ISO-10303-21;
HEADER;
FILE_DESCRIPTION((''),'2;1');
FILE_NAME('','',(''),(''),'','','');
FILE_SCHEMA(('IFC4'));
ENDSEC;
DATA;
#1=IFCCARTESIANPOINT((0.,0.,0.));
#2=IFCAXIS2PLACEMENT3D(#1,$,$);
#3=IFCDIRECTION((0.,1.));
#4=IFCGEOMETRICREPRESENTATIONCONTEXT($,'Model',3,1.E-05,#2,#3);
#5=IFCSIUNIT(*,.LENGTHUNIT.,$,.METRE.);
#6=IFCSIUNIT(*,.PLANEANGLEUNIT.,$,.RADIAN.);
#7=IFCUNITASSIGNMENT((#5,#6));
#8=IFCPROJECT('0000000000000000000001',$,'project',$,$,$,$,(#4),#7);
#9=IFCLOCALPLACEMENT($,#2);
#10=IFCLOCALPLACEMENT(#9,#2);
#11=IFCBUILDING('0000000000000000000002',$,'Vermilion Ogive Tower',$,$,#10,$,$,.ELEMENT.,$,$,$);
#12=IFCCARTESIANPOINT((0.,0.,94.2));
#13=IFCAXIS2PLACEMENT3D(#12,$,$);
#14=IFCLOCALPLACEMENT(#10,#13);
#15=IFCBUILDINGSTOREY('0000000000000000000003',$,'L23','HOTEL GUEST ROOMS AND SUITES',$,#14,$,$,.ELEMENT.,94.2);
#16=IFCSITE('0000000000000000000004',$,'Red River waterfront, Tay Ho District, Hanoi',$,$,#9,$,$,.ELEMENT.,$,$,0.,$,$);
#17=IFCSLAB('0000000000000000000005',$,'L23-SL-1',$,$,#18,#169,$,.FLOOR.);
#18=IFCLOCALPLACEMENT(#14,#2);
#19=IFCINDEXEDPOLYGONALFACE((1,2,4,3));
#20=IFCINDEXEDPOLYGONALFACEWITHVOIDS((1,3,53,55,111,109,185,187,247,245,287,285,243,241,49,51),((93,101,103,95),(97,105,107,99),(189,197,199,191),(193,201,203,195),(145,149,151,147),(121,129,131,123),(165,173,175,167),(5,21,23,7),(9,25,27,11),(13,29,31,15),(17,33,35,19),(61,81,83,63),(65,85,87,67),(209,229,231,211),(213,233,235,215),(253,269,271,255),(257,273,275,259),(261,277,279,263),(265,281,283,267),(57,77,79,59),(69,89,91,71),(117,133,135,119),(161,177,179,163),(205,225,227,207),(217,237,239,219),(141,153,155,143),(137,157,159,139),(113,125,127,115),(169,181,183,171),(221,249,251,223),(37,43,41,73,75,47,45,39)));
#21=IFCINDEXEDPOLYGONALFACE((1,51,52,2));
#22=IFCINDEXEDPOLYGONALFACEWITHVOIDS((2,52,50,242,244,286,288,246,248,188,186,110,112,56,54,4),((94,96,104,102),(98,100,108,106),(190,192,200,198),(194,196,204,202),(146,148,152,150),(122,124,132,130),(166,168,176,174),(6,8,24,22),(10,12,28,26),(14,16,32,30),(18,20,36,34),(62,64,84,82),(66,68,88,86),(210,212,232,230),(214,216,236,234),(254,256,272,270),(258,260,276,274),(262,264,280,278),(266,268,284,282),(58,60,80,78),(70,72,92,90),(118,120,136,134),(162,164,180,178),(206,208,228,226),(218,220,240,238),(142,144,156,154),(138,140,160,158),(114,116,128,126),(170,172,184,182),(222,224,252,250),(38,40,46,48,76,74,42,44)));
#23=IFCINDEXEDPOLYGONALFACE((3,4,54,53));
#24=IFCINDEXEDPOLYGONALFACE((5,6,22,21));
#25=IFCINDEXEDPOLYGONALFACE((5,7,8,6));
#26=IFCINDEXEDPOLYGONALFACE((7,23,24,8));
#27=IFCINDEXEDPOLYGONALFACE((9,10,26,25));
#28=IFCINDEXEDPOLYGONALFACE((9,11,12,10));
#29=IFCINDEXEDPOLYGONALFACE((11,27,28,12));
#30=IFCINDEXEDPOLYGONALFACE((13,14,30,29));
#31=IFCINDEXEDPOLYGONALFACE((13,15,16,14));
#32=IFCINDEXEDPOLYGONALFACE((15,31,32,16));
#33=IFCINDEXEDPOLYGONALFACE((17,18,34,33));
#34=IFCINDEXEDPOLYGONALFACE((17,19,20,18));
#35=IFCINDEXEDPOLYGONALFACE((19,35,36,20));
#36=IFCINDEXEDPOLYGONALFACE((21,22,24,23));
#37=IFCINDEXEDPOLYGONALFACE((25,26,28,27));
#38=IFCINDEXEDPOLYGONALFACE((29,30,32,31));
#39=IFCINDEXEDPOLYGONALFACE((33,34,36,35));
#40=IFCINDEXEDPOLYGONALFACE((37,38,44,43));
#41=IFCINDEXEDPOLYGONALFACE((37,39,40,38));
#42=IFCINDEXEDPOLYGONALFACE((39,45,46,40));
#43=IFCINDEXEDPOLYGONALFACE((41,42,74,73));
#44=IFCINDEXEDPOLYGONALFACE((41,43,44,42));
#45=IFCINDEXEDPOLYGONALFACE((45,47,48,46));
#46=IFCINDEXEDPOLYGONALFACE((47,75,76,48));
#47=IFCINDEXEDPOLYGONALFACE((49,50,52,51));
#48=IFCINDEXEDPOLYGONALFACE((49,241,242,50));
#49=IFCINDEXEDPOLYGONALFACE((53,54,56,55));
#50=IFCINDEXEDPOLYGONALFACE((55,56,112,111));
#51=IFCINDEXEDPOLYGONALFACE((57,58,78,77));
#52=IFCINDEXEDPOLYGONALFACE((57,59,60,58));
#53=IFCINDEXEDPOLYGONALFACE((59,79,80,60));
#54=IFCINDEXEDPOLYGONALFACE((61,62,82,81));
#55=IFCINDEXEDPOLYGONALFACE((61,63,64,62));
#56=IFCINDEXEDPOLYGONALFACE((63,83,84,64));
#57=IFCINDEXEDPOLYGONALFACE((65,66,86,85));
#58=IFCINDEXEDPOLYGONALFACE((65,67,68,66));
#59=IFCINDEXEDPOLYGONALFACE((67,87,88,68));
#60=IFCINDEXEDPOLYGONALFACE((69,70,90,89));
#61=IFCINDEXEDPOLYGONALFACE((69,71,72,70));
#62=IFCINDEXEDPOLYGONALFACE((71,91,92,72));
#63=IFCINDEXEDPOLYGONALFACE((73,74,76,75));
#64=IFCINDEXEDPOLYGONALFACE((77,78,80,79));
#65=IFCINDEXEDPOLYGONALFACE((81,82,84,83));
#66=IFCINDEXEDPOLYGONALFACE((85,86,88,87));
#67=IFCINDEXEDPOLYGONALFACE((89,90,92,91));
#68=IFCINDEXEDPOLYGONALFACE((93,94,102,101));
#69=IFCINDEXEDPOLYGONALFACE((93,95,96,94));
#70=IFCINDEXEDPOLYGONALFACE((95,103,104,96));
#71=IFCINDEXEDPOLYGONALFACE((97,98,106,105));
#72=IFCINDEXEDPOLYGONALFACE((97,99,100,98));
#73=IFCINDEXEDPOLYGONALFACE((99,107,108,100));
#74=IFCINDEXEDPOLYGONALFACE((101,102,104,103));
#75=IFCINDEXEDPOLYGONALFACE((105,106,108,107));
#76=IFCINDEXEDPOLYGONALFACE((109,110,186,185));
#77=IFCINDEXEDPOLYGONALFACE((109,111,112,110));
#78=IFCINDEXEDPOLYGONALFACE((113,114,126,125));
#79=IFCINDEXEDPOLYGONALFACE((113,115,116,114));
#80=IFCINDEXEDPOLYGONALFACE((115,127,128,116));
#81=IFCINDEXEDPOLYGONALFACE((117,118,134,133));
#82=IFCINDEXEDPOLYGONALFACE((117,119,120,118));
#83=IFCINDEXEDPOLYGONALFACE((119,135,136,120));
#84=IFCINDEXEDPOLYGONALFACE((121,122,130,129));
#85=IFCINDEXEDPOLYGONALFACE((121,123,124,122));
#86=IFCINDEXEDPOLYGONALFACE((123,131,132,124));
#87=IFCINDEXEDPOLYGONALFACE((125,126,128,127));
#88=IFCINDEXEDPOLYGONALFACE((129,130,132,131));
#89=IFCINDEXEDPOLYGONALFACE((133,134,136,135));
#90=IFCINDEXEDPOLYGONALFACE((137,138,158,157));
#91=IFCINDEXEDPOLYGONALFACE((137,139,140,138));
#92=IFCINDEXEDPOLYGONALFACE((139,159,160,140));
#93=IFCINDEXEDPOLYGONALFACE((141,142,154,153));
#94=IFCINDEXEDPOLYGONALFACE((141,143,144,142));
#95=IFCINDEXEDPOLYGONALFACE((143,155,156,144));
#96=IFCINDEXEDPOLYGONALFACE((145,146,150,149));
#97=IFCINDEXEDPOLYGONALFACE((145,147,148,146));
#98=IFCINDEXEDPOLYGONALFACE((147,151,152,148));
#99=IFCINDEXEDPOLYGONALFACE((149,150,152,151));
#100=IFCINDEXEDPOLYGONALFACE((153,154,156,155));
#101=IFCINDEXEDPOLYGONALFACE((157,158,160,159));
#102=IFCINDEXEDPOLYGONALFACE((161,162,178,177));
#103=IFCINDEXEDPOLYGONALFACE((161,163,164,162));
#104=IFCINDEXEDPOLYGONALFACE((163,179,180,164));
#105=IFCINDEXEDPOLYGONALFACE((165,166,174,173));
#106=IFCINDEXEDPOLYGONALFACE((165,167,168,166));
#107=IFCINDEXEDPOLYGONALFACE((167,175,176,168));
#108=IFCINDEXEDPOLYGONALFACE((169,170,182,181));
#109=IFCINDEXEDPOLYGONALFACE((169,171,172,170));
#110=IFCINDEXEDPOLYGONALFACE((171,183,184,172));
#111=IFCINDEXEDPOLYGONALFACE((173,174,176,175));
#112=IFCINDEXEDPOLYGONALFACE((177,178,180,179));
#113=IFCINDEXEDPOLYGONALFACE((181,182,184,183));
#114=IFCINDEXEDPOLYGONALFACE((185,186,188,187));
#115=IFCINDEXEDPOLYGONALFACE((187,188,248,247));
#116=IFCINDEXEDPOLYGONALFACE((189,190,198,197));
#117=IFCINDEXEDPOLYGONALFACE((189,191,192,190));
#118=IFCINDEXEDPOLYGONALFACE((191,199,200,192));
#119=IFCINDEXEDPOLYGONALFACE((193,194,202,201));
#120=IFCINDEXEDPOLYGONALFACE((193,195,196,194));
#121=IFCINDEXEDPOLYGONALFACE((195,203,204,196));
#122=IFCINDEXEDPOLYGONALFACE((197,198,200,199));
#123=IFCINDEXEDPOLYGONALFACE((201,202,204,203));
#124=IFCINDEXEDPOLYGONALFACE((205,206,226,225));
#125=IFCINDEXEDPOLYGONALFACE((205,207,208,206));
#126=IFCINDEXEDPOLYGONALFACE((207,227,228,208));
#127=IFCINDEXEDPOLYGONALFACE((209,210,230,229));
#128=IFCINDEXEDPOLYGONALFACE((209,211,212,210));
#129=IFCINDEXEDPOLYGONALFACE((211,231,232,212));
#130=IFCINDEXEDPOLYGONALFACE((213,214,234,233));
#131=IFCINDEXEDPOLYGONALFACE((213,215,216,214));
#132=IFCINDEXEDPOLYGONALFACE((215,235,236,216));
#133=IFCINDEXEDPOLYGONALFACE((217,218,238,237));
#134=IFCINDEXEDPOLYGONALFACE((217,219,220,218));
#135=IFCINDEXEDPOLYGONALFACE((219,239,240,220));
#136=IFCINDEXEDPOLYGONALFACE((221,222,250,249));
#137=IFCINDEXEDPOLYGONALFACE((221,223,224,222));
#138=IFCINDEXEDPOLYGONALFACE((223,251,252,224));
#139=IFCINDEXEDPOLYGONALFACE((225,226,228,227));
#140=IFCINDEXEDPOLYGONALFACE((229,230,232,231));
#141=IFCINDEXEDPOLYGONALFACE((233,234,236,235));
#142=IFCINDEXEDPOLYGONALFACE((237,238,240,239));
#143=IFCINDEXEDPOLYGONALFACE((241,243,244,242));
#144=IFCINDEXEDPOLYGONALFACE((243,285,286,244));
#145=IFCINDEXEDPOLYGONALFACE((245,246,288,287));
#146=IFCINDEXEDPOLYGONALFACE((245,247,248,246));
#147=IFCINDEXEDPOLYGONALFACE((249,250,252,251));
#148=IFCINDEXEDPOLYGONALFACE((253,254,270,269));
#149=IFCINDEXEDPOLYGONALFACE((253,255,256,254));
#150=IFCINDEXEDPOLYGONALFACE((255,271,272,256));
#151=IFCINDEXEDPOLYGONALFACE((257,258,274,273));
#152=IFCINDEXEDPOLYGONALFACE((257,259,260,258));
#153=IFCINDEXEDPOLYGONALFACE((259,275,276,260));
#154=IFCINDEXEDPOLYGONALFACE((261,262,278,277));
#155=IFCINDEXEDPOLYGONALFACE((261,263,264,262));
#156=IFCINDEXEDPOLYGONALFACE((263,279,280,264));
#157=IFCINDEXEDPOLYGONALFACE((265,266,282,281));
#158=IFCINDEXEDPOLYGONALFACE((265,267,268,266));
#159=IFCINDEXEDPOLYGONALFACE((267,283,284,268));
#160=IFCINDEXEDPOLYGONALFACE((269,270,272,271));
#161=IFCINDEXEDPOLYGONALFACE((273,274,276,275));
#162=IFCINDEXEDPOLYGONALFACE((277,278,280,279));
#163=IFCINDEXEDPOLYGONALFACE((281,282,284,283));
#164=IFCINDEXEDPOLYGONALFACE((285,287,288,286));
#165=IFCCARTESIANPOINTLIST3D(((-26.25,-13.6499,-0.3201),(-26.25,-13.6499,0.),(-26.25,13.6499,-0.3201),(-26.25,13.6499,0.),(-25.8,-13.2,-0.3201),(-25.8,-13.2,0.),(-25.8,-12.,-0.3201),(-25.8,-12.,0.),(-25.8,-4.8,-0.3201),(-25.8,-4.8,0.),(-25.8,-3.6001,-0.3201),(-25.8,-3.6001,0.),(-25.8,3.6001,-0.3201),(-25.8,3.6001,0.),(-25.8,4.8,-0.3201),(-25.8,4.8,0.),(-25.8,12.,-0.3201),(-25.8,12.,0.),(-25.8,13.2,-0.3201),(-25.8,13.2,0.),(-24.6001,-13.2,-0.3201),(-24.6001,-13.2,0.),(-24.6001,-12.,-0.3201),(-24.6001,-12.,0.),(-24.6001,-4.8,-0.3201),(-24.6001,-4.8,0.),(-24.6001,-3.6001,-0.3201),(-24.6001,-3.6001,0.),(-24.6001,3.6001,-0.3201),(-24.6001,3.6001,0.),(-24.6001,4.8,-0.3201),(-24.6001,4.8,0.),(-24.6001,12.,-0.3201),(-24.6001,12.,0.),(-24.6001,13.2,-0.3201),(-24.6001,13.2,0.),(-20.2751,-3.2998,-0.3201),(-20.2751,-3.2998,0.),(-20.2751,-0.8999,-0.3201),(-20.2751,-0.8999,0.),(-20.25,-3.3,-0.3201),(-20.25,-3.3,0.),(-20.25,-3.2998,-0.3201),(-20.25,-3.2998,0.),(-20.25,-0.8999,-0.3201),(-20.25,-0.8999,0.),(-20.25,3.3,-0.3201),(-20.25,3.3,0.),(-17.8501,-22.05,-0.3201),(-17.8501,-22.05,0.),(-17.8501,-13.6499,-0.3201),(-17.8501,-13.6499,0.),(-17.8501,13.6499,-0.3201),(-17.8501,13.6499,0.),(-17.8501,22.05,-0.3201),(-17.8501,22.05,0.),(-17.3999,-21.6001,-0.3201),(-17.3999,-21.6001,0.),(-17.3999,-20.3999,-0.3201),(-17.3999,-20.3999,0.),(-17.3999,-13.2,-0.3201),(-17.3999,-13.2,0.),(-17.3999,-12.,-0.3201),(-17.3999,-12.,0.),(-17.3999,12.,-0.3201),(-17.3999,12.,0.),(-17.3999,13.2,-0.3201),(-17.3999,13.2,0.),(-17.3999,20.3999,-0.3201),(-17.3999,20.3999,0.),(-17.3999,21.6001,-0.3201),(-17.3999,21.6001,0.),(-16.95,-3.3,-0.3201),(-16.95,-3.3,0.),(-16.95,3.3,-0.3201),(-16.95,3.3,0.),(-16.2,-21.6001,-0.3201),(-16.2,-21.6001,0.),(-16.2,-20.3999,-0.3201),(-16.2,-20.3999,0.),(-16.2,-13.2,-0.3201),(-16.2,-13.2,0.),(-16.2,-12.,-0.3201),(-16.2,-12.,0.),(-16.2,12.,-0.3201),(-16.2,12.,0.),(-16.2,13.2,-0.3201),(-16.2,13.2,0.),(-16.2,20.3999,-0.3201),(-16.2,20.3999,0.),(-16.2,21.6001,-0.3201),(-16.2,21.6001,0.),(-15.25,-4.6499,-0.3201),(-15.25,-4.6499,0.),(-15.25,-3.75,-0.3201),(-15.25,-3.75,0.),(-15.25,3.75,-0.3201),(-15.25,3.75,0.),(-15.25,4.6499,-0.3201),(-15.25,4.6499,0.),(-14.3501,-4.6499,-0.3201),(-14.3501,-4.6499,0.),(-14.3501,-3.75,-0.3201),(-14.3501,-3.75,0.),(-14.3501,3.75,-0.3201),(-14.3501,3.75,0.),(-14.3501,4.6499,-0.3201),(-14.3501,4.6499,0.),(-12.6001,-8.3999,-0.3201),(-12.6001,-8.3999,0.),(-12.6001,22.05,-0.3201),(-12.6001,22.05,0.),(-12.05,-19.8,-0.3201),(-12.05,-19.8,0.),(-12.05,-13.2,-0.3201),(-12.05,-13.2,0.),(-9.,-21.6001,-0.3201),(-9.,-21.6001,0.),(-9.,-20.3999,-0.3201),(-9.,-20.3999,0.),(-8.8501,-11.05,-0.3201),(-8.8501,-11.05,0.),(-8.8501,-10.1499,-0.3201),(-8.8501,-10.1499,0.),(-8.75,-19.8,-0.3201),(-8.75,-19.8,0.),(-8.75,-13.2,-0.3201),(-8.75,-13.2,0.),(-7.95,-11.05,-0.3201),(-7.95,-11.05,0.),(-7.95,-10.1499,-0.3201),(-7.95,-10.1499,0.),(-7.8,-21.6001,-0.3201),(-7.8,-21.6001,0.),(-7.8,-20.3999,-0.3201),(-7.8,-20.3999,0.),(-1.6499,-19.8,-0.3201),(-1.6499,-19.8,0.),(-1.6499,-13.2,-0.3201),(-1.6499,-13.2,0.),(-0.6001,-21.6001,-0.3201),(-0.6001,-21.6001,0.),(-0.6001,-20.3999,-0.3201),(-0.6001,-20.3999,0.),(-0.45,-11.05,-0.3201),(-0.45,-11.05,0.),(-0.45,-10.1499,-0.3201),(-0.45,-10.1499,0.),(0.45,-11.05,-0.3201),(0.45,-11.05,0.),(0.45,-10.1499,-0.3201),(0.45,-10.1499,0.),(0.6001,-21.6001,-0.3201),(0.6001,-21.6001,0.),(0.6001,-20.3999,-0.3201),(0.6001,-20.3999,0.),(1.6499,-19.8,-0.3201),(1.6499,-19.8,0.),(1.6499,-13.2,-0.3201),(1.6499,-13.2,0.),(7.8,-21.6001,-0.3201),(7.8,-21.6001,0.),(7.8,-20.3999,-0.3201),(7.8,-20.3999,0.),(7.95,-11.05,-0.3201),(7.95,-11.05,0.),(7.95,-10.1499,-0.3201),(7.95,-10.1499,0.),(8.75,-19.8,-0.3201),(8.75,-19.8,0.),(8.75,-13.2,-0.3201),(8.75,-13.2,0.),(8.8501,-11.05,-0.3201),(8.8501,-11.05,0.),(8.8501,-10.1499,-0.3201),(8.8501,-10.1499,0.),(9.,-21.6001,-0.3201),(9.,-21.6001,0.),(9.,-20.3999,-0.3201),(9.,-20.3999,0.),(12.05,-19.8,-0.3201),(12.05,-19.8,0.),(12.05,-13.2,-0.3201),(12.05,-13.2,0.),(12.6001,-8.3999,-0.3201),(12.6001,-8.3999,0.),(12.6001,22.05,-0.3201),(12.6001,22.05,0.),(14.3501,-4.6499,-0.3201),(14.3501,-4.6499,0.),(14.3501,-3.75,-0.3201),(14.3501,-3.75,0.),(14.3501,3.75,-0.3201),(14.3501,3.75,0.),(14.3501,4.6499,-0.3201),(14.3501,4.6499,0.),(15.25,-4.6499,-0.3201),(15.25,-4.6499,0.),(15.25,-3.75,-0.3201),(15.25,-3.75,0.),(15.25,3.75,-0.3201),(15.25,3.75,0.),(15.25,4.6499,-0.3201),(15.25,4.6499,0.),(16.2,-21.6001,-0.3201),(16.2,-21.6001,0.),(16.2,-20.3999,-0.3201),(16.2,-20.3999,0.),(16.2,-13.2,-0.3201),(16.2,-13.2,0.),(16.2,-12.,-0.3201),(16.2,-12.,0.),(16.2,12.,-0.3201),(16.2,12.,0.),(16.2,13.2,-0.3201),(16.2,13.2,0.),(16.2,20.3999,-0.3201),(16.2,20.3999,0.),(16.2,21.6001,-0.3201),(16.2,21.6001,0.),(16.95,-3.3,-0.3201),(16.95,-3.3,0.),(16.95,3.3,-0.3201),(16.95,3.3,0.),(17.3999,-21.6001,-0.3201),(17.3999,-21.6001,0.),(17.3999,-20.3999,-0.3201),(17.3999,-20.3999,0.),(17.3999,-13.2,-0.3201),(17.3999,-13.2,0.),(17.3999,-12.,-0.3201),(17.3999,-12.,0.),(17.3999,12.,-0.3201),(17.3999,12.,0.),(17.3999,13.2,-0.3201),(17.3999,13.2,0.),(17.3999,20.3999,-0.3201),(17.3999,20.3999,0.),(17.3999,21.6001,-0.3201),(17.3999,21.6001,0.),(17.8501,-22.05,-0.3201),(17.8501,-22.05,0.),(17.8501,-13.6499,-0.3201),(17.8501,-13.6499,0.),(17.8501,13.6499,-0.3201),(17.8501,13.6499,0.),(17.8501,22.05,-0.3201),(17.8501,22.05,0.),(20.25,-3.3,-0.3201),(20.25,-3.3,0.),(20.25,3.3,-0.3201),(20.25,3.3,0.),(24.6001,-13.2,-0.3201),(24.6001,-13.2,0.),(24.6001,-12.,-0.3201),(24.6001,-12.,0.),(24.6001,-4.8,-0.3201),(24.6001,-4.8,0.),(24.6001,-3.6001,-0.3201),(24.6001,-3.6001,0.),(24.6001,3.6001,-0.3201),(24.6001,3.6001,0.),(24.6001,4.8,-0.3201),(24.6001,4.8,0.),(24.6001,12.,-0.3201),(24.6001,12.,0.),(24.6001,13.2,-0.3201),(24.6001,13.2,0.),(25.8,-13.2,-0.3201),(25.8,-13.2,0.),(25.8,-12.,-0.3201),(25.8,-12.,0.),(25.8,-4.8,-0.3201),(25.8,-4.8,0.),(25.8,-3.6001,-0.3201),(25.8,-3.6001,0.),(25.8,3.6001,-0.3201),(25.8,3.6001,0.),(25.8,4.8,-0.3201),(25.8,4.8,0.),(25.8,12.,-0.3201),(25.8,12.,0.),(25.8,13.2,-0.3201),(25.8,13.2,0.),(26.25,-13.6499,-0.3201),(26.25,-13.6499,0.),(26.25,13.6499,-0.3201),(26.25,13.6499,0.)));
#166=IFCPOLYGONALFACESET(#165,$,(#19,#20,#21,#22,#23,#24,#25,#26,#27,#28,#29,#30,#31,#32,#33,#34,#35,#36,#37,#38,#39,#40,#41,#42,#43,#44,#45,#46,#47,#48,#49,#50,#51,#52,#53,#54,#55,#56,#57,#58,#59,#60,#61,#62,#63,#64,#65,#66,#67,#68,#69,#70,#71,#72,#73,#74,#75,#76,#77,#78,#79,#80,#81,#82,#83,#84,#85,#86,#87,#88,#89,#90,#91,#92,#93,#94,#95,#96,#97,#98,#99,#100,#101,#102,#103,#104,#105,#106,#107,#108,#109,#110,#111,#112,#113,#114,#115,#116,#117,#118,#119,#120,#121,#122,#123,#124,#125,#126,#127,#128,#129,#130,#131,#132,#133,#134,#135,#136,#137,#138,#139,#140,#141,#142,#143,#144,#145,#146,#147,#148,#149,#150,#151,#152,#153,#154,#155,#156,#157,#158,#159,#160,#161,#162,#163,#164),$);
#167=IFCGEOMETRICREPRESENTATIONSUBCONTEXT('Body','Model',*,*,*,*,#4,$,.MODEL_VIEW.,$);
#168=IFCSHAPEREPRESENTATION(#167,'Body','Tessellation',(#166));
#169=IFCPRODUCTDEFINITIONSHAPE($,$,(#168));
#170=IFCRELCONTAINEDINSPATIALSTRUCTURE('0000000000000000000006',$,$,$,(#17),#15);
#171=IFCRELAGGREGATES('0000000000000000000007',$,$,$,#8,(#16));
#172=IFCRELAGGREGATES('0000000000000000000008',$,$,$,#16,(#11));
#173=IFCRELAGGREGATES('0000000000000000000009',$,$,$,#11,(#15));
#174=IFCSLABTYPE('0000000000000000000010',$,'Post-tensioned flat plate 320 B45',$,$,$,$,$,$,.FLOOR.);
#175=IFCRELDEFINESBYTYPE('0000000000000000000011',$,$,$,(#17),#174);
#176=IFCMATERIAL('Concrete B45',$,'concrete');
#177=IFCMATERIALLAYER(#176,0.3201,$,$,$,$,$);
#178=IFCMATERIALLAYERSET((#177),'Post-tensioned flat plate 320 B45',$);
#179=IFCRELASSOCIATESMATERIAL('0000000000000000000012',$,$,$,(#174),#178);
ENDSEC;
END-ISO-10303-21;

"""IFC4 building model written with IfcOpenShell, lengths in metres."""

from ifc_helpers import new_model, si_unit, direction, frame, origin, place, context, subcontext, project, spatial, polyline, outline, extrude, material, layer, layer_set, type_object, element, save


model = new_model("IFC4")

# Units and contexts
model_context = context("Model", 3, precision=1e-05, world=origin(), true_north=direction((0.0, 1.0)))
body_context = subcontext(model_context, "Body", "Model", "MODEL_VIEW")
ifc_project = project(units=[si_unit("LENGTHUNIT", "METRE"), si_unit("PLANEANGLEUNIT", "RADIAN")], contexts=[model_context])

# Site, building, storey
site_placement = place(None, origin())
site = spatial("IfcSite", under=ifc_project, at=site_placement, Name="Red River waterfront, Tay Ho District, Hanoi", CompositionType="ELEMENT", RefElevation=0.0)
building_placement = place(site_placement, origin())
building = spatial("IfcBuilding", under=site, at=building_placement, Name="Vermilion Ogive Tower", CompositionType="ELEMENT")
storey_placement = place(building_placement, frame((0.0, 0.0, 94.2)))
storey = spatial("IfcBuildingStorey", under=building, at=storey_placement, Name="L23", Description="HOTEL GUEST ROOMS AND SUITES", CompositionType="ELEMENT", Elevation=94.2)

# Slab
ifc_material_1 = material(Name="Concrete B45", Category="concrete")
ifc_layer_1 = layer(ifc_material_1, 0.3201)
ifc_layer_set_1 = layer_set([ifc_layer_1], Name="Post-tensioned flat plate 320 B45")
slab_type_1 = type_object("IfcSlabType", Name="Post-tensioned flat plate 320 B45", PredefinedType="FLOOR", material=ifc_layer_set_1)
slab_1_placement = place(storey_placement, frame((0.0, 0.0, -0.3201)))
element("IfcSlab", 1, at=slab_1_placement, inside=storey, type_object=slab_type_1, Name="L23-SL-1", PredefinedType="FLOOR", context=body_context, shape_type="SweptSolid", body=[
    extrude(outline(polyline([(-26.25, -13.6499), (-17.8501, -13.6499), (-17.8501, -22.05), (17.8501, -22.05), (17.8501, -13.6499), (26.25, -13.6499), (26.25, 13.6499), (17.8501, 13.6499), (17.8501, 22.05), (12.6001, 22.05), (12.6001, -8.3999), (-12.6001, -8.3999), (-12.6001, 22.05), (-17.8501, 22.05), (-17.8501, 13.6499), (-26.25, 13.6499), (-26.25, -13.6499)]), holes=[polyline([(25.8, -3.6001), (25.8, -4.8), (24.6001, -4.8), (24.6001, -3.6001), (25.8, -3.6001)]), polyline([(25.8, -12.0), (25.8, -13.2), (24.6001, -13.2), (24.6001, -12.0), (25.8, -12.0)]), polyline([(25.8, 12.0), (24.6001, 12.0), (24.6001, 13.2), (25.8, 13.2), (25.8, 12.0)]), polyline([(25.8, 3.6001), (24.6001, 3.6001), (24.6001, 4.8), (25.8, 4.8), (25.8, 3.6001)]), polyline([(20.25, 3.3), (20.25, -3.3), (16.95, -3.3), (16.95, 3.3), (20.25, 3.3)]), polyline([(17.3999, -12.0), (17.3999, -13.2), (16.2, -13.2), (16.2, -12.0), (17.3999, -12.0)]), polyline([(17.3999, 20.3999), (16.2, 20.3999), (16.2, 21.6001), (17.3999, 21.6001), (17.3999, 20.3999)]), polyline([(17.3999, -20.3999), (17.3999, -21.6001), (16.2, -21.6001), (16.2, -20.3999), (17.3999, -20.3999)]), polyline([(17.3999, 13.2), (17.3999, 12.0), (16.2, 12.0), (16.2, 13.2), (17.3999, 13.2)]), polyline([(15.25, 4.6499), (15.25, 3.75), (14.3501, 3.75), (14.3501, 4.6499), (15.25, 4.6499)]), polyline([(15.25, -4.6499), (14.3501, -4.6499), (14.3501, -3.75), (15.25, -3.75), (15.25, -4.6499)]), polyline([(12.05, -13.2), (12.05, -19.8), (8.75, -19.8), (8.75, -13.2), (12.05, -13.2)]), polyline([(9.0, -20.3999), (9.0, -21.6001), (7.8, -21.6001), (7.8, -20.3999), (9.0, -20.3999)]), polyline([(8.8501, -11.05), (7.95, -11.05), (7.95, -10.1499), (8.8501, -10.1499), (8.8501, -11.05)]), polyline([(1.6499, -13.2), (1.6499, -19.8), (-1.6499, -19.8), (-1.6499, -13.2), (1.6499, -13.2)]), polyline([(0.6001, -20.3999), (0.6001, -21.6001), (-0.6001, -21.6001), (-0.6001, -20.3999), (0.6001, -20.3999)]), polyline([(0.45, -10.1499), (0.45, -11.05), (-0.45, -11.05), (-0.45, -10.1499), (0.45, -10.1499)]), polyline([(-7.8, -20.3999), (-7.8, -21.6001), (-9.0, -21.6001), (-9.0, -20.3999), (-7.8, -20.3999)]), polyline([(-7.95, -10.1499), (-7.95, -11.05), (-8.8501, -11.05), (-8.8501, -10.1499), (-7.95, -10.1499)]), polyline([(-8.75, -13.2), (-8.75, -19.8), (-12.05, -19.8), (-12.05, -13.2), (-8.75, -13.2)]), polyline([(-14.3501, 4.6499), (-14.3501, 3.75), (-15.25, 3.75), (-15.25, 4.6499), (-14.3501, 4.6499)]), polyline([(-14.3501, -4.6499), (-15.25, -4.6499), (-15.25, -3.75), (-14.3501, -3.75), (-14.3501, -4.6499)]), polyline([(-16.2, 13.2), (-16.2, 12.0), (-17.3999, 12.0), (-17.3999, 13.2), (-16.2, 13.2)]), polyline([(-16.2, -12.0), (-16.2, -13.2), (-17.3999, -13.2), (-17.3999, -12.0), (-16.2, -12.0)]), polyline([(-16.2, -20.3999), (-16.2, -21.6001), (-17.3999, -21.6001), (-17.3999, -20.3999), (-16.2, -20.3999)]), polyline([(-16.2, 20.3999), (-17.3999, 20.3999), (-17.3999, 21.6001), (-16.2, 21.6001), (-16.2, 20.3999)]), polyline([(-16.95, 3.3), (-16.95, -3.3), (-20.25, -3.3), (-20.25, -3.2998), (-20.2751, -3.2998), (-20.2751, -0.8999), (-20.25, -0.8999), (-20.25, 3.3), (-16.95, 3.3)]), polyline([(-24.6001, 3.6001), (-25.8, 3.6001), (-25.8, 4.8), (-24.6001, 4.8), (-24.6001, 3.6001)]), polyline([(-24.6001, 13.2), (-24.6001, 12.0), (-25.8, 12.0), (-25.8, 13.2), (-24.6001, 13.2)]), polyline([(-24.6001, -3.6001), (-24.6001, -4.8), (-25.8, -4.8), (-25.8, -3.6001), (-24.6001, -3.6001)]), polyline([(-24.6001, -12.0), (-24.6001, -13.2), (-25.8, -13.2), (-25.8, -12.0), (-24.6001, -12.0)])]), origin(), (0.0, 0.0, 1.0), 0.3201),
])

save(model, "model.ifc")
